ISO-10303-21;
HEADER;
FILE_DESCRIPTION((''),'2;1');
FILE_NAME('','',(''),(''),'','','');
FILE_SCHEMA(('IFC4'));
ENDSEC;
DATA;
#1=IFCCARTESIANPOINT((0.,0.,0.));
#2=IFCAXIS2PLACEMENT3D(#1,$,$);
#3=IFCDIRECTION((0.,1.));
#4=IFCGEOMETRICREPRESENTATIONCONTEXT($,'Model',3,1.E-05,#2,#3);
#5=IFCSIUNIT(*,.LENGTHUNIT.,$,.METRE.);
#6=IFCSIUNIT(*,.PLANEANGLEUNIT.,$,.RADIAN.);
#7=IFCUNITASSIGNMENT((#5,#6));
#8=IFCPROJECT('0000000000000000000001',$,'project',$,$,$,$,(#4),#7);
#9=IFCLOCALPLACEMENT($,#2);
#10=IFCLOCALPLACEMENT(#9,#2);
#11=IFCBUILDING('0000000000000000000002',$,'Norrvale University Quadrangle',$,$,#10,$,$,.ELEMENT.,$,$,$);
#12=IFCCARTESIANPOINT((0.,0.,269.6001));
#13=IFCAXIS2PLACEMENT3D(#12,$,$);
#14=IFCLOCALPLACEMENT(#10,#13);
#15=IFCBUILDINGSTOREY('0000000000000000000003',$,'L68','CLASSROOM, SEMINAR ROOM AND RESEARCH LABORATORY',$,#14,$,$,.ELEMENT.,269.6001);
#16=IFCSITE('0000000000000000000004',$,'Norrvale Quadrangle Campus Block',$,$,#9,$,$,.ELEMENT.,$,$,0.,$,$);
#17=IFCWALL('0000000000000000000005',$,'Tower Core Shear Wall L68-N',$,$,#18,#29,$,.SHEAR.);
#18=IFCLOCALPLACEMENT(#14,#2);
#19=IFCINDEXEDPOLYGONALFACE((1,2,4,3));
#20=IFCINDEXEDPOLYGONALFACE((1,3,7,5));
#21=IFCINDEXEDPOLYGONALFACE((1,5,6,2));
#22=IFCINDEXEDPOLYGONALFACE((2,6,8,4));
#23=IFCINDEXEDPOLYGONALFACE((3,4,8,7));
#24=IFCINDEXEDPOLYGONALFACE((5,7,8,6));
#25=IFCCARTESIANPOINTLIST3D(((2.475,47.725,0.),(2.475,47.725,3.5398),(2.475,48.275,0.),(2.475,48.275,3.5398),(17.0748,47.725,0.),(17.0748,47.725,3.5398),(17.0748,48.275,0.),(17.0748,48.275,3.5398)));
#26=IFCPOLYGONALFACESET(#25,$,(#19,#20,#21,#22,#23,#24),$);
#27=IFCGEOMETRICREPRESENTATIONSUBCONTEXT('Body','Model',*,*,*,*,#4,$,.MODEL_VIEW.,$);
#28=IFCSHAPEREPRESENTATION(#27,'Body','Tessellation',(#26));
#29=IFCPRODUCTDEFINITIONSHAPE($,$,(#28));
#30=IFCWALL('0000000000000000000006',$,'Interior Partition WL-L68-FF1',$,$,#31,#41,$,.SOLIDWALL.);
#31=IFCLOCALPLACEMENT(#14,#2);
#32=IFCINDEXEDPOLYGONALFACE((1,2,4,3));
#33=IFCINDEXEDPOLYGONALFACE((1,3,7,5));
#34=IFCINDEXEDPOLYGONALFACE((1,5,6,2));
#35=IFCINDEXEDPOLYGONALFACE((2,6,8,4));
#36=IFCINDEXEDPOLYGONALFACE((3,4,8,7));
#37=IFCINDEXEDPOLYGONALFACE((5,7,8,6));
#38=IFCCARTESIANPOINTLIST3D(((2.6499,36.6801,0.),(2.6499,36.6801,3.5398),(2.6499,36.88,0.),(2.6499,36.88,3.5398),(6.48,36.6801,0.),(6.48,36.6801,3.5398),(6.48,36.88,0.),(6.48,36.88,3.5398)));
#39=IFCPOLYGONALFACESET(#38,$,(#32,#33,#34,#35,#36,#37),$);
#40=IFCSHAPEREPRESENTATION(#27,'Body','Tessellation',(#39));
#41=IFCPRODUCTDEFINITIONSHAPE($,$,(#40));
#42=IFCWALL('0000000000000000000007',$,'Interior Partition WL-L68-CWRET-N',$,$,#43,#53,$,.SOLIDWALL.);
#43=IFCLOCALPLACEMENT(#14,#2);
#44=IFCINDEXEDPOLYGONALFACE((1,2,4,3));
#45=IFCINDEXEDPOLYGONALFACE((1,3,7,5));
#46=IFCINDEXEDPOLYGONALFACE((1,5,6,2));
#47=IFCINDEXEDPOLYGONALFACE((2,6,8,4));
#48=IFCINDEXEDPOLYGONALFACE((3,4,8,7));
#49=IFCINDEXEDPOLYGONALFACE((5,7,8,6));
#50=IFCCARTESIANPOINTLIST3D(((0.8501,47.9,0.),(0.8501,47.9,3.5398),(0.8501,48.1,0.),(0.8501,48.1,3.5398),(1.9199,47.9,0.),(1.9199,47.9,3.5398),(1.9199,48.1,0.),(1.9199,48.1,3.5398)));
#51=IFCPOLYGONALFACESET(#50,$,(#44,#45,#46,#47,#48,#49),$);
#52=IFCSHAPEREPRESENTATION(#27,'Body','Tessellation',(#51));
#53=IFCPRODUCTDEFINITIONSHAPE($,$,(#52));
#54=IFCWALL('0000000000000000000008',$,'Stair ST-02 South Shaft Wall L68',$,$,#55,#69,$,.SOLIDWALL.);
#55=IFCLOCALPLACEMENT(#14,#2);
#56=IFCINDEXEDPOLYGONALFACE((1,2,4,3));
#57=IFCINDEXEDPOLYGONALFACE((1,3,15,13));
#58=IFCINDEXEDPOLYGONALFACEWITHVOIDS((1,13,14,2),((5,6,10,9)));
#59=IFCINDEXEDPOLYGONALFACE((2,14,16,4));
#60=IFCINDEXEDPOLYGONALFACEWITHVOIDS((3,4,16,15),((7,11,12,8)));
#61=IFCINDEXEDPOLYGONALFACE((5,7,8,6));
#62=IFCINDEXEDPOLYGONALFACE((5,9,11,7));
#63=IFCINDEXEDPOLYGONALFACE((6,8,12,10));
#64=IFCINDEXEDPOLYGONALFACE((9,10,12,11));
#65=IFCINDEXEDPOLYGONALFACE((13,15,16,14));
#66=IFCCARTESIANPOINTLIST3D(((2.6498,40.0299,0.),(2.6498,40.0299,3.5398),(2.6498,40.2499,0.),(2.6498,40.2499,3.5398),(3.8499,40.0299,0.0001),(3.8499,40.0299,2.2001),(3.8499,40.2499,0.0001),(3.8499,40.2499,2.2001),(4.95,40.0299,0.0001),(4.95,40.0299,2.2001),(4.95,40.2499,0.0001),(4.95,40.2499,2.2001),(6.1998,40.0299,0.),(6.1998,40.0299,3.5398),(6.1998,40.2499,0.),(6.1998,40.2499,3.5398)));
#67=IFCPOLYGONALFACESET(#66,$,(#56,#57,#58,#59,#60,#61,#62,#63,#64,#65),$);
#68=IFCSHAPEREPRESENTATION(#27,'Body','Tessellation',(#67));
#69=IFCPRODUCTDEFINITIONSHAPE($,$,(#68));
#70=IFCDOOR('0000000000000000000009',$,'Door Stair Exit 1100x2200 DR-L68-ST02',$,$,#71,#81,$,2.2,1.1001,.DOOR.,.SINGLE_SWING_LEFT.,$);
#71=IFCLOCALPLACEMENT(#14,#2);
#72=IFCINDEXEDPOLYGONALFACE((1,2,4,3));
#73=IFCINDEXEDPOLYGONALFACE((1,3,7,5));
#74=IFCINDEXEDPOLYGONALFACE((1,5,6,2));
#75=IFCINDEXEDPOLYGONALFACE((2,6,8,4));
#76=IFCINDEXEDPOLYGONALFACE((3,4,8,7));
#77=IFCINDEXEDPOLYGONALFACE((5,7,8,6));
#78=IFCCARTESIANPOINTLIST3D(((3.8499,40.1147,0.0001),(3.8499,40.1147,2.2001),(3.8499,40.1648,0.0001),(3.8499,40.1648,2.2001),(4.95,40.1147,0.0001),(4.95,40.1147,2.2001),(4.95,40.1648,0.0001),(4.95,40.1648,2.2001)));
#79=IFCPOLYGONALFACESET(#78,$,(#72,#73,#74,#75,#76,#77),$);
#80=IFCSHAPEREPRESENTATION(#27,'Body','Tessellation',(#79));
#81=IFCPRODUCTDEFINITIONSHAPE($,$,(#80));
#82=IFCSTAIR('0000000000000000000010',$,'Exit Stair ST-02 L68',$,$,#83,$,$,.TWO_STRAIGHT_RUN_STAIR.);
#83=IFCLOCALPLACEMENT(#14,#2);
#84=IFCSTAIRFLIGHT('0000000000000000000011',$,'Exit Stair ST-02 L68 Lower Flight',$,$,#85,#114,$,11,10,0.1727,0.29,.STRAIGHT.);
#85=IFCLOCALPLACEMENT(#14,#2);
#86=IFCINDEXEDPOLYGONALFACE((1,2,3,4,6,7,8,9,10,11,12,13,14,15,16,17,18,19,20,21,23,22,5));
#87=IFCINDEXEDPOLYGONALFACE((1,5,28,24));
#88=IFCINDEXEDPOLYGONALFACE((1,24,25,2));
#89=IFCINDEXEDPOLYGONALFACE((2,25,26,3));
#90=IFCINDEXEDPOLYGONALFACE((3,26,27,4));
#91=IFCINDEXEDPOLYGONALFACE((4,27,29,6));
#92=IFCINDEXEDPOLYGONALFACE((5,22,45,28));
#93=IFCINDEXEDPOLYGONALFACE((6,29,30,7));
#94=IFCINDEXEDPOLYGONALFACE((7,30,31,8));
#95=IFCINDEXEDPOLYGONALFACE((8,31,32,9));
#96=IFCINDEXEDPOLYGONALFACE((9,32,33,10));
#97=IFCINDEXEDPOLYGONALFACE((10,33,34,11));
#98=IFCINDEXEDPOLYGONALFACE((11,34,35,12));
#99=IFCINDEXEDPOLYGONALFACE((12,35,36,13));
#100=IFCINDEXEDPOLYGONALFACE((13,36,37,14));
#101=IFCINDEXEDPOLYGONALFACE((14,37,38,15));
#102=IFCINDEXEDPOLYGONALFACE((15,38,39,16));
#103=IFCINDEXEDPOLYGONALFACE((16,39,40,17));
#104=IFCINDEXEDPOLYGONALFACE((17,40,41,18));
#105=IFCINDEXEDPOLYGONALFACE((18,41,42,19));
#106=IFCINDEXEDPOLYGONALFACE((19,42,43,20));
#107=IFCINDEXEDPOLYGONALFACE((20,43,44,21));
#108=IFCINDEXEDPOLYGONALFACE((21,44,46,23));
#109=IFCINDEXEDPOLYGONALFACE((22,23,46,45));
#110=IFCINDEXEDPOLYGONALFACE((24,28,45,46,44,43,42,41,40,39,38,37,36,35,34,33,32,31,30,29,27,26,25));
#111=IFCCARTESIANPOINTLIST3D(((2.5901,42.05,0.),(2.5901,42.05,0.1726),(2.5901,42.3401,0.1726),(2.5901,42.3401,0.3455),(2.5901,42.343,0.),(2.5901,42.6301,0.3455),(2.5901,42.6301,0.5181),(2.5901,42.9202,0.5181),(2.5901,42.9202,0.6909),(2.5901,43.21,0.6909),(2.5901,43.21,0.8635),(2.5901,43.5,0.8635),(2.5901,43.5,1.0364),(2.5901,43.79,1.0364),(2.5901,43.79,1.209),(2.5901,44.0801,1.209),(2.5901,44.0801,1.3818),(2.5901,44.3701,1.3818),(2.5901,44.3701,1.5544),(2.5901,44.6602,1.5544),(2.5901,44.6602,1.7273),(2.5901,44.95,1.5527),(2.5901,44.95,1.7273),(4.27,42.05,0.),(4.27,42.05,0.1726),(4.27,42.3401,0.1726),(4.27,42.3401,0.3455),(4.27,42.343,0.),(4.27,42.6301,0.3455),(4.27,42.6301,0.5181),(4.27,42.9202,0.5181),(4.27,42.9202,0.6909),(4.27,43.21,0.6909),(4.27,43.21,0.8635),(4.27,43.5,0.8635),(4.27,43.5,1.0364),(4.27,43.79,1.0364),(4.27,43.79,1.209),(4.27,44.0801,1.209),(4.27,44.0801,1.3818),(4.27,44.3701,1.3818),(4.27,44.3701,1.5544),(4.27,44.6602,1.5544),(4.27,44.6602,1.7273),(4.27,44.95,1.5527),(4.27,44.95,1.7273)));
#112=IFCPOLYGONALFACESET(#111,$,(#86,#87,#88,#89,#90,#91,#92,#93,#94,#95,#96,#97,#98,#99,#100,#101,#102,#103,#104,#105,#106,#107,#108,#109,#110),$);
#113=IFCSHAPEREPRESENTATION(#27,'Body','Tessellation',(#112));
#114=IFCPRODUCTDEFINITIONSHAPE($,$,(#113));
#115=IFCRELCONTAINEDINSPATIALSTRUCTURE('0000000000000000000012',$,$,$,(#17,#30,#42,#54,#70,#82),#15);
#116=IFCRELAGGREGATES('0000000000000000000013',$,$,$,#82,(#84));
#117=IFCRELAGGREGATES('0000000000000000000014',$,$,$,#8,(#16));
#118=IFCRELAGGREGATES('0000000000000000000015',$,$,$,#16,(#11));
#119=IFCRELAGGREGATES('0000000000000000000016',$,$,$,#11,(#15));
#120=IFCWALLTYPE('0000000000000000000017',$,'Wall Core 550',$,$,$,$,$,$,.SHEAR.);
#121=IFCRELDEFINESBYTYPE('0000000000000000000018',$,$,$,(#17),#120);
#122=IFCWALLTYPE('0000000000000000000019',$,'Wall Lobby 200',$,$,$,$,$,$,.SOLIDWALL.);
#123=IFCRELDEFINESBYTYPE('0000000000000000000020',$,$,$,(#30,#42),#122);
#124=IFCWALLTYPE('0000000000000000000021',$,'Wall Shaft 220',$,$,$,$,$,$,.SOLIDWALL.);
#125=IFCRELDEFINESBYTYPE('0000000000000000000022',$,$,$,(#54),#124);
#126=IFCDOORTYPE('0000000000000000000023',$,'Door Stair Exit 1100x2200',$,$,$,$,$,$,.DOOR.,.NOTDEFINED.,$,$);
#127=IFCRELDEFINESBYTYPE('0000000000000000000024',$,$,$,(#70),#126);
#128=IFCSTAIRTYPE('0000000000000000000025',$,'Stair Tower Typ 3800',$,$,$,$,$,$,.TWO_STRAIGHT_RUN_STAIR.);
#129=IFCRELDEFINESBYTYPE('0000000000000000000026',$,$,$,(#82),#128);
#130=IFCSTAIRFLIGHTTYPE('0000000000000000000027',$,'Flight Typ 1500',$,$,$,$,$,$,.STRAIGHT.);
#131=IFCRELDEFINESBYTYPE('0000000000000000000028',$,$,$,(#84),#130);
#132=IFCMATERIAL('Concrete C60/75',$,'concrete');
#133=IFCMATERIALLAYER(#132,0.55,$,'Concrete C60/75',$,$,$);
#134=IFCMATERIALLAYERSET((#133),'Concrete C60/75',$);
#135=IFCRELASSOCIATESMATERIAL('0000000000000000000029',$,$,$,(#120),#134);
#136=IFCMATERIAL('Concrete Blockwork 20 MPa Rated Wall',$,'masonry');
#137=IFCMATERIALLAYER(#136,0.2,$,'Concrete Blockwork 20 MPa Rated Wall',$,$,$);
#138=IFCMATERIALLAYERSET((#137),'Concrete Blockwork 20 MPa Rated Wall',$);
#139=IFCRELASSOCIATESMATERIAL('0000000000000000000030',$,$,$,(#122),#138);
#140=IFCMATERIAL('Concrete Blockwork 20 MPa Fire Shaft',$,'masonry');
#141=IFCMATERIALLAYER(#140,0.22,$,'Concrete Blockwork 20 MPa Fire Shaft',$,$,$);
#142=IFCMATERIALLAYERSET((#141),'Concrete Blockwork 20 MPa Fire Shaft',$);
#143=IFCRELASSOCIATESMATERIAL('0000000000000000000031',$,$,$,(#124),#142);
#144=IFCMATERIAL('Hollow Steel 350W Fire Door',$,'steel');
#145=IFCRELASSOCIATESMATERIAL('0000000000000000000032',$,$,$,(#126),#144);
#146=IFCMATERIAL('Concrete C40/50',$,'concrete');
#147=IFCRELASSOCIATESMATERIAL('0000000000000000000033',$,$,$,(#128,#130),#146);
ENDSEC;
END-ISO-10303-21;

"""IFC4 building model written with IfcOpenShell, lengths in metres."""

from ifc_helpers import new_model, si_unit, direction, frame, frame_2d, origin, place, context, subcontext, project, spatial, polyline, rectangle, outline, extrude, material, layer, layer_set, type_object, element, fill, aggregate, save


model = new_model("IFC4")

# Units and contexts
model_context = context("Model", 3, precision=1e-05, world=origin(), true_north=direction((0.0, 1.0)))
body_context = subcontext(model_context, "Body", "Model", "MODEL_VIEW")
ifc_project = project(units=[si_unit("LENGTHUNIT", "METRE"), si_unit("PLANEANGLEUNIT", "RADIAN")], contexts=[model_context])

# Site, building, storey
site_placement = place(None, origin())
site = spatial("IfcSite", under=ifc_project, at=site_placement, Name="Norrvale Quadrangle Campus Block", CompositionType="ELEMENT", RefElevation=0.0)
building_placement = place(site_placement, origin())
building = spatial("IfcBuilding", under=site, at=building_placement, Name="Norrvale University Quadrangle", CompositionType="ELEMENT")
storey_placement = place(building_placement, frame((0.0, 0.0, 269.6001)))
storey = spatial("IfcBuildingStorey", under=building, at=storey_placement, Name="L68", Description="CLASSROOM, SEMINAR ROOM AND RESEARCH LABORATORY", CompositionType="ELEMENT", Elevation=269.6001)

# Shared definitions
ifc_material_1 = material(Name="Concrete C60/75", Category="concrete")

# Walls
ifc_layer_1 = layer(ifc_material_1, 0.55, Name="Concrete C60/75")
ifc_layer_set_1 = layer_set([ifc_layer_1], Name="Concrete C60/75")
wall_type_1 = type_object("IfcWallType", Name="Wall Core 550", PredefinedType="SHEAR", material=ifc_layer_set_1)
wall_1_placement = place(storey_placement, frame((2.4751, 48.0, 0.0), z_axis=(0.0, 0.0, 1.0), x_axis=(1.0, 0.0, 0.0)))
element("IfcWall", 1, at=wall_1_placement, inside=storey, type_object=wall_type_1, Name="Tower Core Shear Wall L68-N", PredefinedType="SHEAR", context=body_context, shape_type="SweptSolid", body=[
    extrude(rectangle(XDim=14.5999, YDim=0.55, at=frame_2d((7.2998, 0.0))), origin(), (0.0, 0.0, 1.0), 3.5398),
])
ifc_material_2 = material(Name="Concrete Blockwork 20 MPa Rated Wall", Category="masonry")
ifc_layer_2 = layer(ifc_material_2, 0.2, Name="Concrete Blockwork 20 MPa Rated Wall")
ifc_layer_set_2 = layer_set([ifc_layer_2], Name="Concrete Blockwork 20 MPa Rated Wall")
wall_type_2 = type_object("IfcWallType", Name="Wall Lobby 200", PredefinedType="SOLIDWALL", material=ifc_layer_set_2)
wall_2_placement = place(storey_placement, frame((2.6499, 36.78, 0.0), z_axis=(0.0, 0.0, 1.0), x_axis=(1.0, 0.0, 0.0)))
element("IfcWall", 2, at=wall_2_placement, inside=storey, type_object=wall_type_2, Name="Interior Partition WL-L68-FF1", PredefinedType="SOLIDWALL", context=body_context, shape_type="SweptSolid", body=[
    extrude(rectangle(XDim=3.8301, YDim=0.2, at=frame_2d((1.915, 0.0))), origin(), (0.0, 0.0, 1.0), 3.5398),
])
wall_3_placement = place(storey_placement, frame((0.8501, 48.0, 0.0), z_axis=(0.0, 0.0, 1.0), x_axis=(1.0, 0.0, 0.0)))
element("IfcWall", 3, at=wall_3_placement, inside=storey, type_object=wall_type_2, Name="Interior Partition WL-L68-CWRET-N", PredefinedType="SOLIDWALL", context=body_context, shape_type="SweptSolid", body=[
    extrude(rectangle(XDim=1.0698, YDim=0.2, at=frame_2d((0.5349, 0.0))), origin(), (0.0, 0.0, 1.0), 3.5398),
])

# Wall, opening, door
ifc_material_3 = material(Name="Concrete Blockwork 20 MPa Fire Shaft", Category="masonry")
ifc_layer_3 = layer(ifc_material_3, 0.22, Name="Concrete Blockwork 20 MPa Fire Shaft")
ifc_layer_set_3 = layer_set([ifc_layer_3], Name="Concrete Blockwork 20 MPa Fire Shaft")
wall_type_3 = type_object("IfcWallType", Name="Wall Shaft 220", PredefinedType="SOLIDWALL", material=ifc_layer_set_3)
wall_4_placement = place(storey_placement, frame((2.6499, 40.1399, 0.0), z_axis=(0.0, 0.0, 1.0), x_axis=(1.0, 0.0, 0.0)))
wall_4 = element("IfcWall", 4, at=wall_4_placement, inside=storey, type_object=wall_type_3, Name="Stair ST-02 South Shaft Wall L68", PredefinedType="SOLIDWALL", context=body_context, shape_type="SweptSolid", body=[
    extrude(rectangle(XDim=3.55, YDim=0.22, at=frame_2d((1.7749, 0.0))), origin(), (0.0, 0.0, 1.0), 3.5398),
])
opening_1_placement = place(wall_4_placement, frame((1.2, 0.0, 0.0)))
opening_1 = element("IfcOpeningElement", 5, at=opening_1_placement, cuts=wall_4, PredefinedType="OPENING", context=body_context, shape_type="SweptSolid", body=[
    extrude(rectangle(XDim=1.1001, YDim=2.2, at=frame_2d((0.55, 1.1001))), frame((0.0, 0.1221, 0.0), z_axis=(0.0, -1.0, 0.0), x_axis=(1.0, 0.0, 0.0)), (0.0, 0.0, 1.0), 0.2439),
])
ifc_material_4 = material(Name="Hollow Steel 350W Fire Door", Category="steel")
door_type = type_object("IfcDoorType", Name="Door Stair Exit 1100x2200", OperationType="NOTDEFINED", PredefinedType="DOOR", material=ifc_material_4)
door_placement = place(opening_1_placement, origin())
door = element("IfcDoor", 6, at=door_placement, inside=storey, type_object=door_type, Name="Door Stair Exit 1100x2200 DR-L68-ST02", OperationType="SINGLE_SWING_LEFT", OverallHeight=2.2, OverallWidth=1.1001, PredefinedType="DOOR", context=body_context, shape_type="SweptSolid", body=[
    extrude(rectangle(XDim=1.1001, YDim=2.2, at=frame_2d((0.55, 1.1001))), frame((0.0, 0.0249, 0.0), z_axis=(0.0, -1.0, 0.0), x_axis=(1.0, 0.0, 0.0)), (0.0, 0.0, 1.0), 0.05),
])
fill(opening_1, door)

# Stair, stair flight
ifc_material_5 = material(Name="Concrete C40/50", Category="concrete")
stair_type = type_object("IfcStairType", Name="Stair Tower Typ 3800", PredefinedType="TWO_STRAIGHT_RUN_STAIR", material=ifc_material_5)
stair_placement = place(storey_placement, origin())
stair = element("IfcStair", 7, at=stair_placement, inside=storey, type_object=stair_type, Name="Exit Stair ST-02 L68", PredefinedType="TWO_STRAIGHT_RUN_STAIR")
stair_flight_type = type_object("IfcStairFlightType", Name="Flight Typ 1500", PredefinedType="STRAIGHT", material=ifc_material_5)
stair_flight_placement = place(storey_placement, frame((3.4299, 42.05, 0.0), z_axis=(0.0, 0.0, 1.0), x_axis=(0.0, 1.0, 0.0)))
stair_flight = element("IfcStairFlight", 8, at=stair_flight_placement, type_object=stair_flight_type, Name="Exit Stair ST-02 L68 Lower Flight", NumberOfRisers=11, NumberOfTreads=10, PredefinedType="STRAIGHT", RiserHeight=0.1727, TreadLength=0.29, context=body_context, shape_type="SweptSolid", body=[
    extrude(outline(polyline([(0.0, 0.0), (0.0, 0.1726), (0.29, 0.1726), (0.29, 0.3455), (0.5801, 0.3455), (0.5801, 0.5181), (0.8701, 0.5181), (0.8701, 0.6909), (1.1599, 0.6909), (1.1599, 0.8635), (1.45, 0.8635), (1.45, 1.0364), (1.74, 1.0364), (1.74, 1.209), (2.03, 1.209), (2.03, 1.3818), (2.3201, 1.3818), (2.3201, 1.5544), (2.6101, 1.5544), (2.6101, 1.7273), (2.8999, 1.7273), (2.8999, 1.8999), (2.8999, 1.5527), (0.293, 0.0), (0.0, 0.0)])), frame((0.0, 0.8398, 0.0), z_axis=(0.0, -1.0, 0.0), x_axis=(1.0, 0.0, 0.0)), (0.0, 0.0, 1.0), 1.6799),
])
aggregate(stair, [stair_flight])

save(model, "model.ifc")
